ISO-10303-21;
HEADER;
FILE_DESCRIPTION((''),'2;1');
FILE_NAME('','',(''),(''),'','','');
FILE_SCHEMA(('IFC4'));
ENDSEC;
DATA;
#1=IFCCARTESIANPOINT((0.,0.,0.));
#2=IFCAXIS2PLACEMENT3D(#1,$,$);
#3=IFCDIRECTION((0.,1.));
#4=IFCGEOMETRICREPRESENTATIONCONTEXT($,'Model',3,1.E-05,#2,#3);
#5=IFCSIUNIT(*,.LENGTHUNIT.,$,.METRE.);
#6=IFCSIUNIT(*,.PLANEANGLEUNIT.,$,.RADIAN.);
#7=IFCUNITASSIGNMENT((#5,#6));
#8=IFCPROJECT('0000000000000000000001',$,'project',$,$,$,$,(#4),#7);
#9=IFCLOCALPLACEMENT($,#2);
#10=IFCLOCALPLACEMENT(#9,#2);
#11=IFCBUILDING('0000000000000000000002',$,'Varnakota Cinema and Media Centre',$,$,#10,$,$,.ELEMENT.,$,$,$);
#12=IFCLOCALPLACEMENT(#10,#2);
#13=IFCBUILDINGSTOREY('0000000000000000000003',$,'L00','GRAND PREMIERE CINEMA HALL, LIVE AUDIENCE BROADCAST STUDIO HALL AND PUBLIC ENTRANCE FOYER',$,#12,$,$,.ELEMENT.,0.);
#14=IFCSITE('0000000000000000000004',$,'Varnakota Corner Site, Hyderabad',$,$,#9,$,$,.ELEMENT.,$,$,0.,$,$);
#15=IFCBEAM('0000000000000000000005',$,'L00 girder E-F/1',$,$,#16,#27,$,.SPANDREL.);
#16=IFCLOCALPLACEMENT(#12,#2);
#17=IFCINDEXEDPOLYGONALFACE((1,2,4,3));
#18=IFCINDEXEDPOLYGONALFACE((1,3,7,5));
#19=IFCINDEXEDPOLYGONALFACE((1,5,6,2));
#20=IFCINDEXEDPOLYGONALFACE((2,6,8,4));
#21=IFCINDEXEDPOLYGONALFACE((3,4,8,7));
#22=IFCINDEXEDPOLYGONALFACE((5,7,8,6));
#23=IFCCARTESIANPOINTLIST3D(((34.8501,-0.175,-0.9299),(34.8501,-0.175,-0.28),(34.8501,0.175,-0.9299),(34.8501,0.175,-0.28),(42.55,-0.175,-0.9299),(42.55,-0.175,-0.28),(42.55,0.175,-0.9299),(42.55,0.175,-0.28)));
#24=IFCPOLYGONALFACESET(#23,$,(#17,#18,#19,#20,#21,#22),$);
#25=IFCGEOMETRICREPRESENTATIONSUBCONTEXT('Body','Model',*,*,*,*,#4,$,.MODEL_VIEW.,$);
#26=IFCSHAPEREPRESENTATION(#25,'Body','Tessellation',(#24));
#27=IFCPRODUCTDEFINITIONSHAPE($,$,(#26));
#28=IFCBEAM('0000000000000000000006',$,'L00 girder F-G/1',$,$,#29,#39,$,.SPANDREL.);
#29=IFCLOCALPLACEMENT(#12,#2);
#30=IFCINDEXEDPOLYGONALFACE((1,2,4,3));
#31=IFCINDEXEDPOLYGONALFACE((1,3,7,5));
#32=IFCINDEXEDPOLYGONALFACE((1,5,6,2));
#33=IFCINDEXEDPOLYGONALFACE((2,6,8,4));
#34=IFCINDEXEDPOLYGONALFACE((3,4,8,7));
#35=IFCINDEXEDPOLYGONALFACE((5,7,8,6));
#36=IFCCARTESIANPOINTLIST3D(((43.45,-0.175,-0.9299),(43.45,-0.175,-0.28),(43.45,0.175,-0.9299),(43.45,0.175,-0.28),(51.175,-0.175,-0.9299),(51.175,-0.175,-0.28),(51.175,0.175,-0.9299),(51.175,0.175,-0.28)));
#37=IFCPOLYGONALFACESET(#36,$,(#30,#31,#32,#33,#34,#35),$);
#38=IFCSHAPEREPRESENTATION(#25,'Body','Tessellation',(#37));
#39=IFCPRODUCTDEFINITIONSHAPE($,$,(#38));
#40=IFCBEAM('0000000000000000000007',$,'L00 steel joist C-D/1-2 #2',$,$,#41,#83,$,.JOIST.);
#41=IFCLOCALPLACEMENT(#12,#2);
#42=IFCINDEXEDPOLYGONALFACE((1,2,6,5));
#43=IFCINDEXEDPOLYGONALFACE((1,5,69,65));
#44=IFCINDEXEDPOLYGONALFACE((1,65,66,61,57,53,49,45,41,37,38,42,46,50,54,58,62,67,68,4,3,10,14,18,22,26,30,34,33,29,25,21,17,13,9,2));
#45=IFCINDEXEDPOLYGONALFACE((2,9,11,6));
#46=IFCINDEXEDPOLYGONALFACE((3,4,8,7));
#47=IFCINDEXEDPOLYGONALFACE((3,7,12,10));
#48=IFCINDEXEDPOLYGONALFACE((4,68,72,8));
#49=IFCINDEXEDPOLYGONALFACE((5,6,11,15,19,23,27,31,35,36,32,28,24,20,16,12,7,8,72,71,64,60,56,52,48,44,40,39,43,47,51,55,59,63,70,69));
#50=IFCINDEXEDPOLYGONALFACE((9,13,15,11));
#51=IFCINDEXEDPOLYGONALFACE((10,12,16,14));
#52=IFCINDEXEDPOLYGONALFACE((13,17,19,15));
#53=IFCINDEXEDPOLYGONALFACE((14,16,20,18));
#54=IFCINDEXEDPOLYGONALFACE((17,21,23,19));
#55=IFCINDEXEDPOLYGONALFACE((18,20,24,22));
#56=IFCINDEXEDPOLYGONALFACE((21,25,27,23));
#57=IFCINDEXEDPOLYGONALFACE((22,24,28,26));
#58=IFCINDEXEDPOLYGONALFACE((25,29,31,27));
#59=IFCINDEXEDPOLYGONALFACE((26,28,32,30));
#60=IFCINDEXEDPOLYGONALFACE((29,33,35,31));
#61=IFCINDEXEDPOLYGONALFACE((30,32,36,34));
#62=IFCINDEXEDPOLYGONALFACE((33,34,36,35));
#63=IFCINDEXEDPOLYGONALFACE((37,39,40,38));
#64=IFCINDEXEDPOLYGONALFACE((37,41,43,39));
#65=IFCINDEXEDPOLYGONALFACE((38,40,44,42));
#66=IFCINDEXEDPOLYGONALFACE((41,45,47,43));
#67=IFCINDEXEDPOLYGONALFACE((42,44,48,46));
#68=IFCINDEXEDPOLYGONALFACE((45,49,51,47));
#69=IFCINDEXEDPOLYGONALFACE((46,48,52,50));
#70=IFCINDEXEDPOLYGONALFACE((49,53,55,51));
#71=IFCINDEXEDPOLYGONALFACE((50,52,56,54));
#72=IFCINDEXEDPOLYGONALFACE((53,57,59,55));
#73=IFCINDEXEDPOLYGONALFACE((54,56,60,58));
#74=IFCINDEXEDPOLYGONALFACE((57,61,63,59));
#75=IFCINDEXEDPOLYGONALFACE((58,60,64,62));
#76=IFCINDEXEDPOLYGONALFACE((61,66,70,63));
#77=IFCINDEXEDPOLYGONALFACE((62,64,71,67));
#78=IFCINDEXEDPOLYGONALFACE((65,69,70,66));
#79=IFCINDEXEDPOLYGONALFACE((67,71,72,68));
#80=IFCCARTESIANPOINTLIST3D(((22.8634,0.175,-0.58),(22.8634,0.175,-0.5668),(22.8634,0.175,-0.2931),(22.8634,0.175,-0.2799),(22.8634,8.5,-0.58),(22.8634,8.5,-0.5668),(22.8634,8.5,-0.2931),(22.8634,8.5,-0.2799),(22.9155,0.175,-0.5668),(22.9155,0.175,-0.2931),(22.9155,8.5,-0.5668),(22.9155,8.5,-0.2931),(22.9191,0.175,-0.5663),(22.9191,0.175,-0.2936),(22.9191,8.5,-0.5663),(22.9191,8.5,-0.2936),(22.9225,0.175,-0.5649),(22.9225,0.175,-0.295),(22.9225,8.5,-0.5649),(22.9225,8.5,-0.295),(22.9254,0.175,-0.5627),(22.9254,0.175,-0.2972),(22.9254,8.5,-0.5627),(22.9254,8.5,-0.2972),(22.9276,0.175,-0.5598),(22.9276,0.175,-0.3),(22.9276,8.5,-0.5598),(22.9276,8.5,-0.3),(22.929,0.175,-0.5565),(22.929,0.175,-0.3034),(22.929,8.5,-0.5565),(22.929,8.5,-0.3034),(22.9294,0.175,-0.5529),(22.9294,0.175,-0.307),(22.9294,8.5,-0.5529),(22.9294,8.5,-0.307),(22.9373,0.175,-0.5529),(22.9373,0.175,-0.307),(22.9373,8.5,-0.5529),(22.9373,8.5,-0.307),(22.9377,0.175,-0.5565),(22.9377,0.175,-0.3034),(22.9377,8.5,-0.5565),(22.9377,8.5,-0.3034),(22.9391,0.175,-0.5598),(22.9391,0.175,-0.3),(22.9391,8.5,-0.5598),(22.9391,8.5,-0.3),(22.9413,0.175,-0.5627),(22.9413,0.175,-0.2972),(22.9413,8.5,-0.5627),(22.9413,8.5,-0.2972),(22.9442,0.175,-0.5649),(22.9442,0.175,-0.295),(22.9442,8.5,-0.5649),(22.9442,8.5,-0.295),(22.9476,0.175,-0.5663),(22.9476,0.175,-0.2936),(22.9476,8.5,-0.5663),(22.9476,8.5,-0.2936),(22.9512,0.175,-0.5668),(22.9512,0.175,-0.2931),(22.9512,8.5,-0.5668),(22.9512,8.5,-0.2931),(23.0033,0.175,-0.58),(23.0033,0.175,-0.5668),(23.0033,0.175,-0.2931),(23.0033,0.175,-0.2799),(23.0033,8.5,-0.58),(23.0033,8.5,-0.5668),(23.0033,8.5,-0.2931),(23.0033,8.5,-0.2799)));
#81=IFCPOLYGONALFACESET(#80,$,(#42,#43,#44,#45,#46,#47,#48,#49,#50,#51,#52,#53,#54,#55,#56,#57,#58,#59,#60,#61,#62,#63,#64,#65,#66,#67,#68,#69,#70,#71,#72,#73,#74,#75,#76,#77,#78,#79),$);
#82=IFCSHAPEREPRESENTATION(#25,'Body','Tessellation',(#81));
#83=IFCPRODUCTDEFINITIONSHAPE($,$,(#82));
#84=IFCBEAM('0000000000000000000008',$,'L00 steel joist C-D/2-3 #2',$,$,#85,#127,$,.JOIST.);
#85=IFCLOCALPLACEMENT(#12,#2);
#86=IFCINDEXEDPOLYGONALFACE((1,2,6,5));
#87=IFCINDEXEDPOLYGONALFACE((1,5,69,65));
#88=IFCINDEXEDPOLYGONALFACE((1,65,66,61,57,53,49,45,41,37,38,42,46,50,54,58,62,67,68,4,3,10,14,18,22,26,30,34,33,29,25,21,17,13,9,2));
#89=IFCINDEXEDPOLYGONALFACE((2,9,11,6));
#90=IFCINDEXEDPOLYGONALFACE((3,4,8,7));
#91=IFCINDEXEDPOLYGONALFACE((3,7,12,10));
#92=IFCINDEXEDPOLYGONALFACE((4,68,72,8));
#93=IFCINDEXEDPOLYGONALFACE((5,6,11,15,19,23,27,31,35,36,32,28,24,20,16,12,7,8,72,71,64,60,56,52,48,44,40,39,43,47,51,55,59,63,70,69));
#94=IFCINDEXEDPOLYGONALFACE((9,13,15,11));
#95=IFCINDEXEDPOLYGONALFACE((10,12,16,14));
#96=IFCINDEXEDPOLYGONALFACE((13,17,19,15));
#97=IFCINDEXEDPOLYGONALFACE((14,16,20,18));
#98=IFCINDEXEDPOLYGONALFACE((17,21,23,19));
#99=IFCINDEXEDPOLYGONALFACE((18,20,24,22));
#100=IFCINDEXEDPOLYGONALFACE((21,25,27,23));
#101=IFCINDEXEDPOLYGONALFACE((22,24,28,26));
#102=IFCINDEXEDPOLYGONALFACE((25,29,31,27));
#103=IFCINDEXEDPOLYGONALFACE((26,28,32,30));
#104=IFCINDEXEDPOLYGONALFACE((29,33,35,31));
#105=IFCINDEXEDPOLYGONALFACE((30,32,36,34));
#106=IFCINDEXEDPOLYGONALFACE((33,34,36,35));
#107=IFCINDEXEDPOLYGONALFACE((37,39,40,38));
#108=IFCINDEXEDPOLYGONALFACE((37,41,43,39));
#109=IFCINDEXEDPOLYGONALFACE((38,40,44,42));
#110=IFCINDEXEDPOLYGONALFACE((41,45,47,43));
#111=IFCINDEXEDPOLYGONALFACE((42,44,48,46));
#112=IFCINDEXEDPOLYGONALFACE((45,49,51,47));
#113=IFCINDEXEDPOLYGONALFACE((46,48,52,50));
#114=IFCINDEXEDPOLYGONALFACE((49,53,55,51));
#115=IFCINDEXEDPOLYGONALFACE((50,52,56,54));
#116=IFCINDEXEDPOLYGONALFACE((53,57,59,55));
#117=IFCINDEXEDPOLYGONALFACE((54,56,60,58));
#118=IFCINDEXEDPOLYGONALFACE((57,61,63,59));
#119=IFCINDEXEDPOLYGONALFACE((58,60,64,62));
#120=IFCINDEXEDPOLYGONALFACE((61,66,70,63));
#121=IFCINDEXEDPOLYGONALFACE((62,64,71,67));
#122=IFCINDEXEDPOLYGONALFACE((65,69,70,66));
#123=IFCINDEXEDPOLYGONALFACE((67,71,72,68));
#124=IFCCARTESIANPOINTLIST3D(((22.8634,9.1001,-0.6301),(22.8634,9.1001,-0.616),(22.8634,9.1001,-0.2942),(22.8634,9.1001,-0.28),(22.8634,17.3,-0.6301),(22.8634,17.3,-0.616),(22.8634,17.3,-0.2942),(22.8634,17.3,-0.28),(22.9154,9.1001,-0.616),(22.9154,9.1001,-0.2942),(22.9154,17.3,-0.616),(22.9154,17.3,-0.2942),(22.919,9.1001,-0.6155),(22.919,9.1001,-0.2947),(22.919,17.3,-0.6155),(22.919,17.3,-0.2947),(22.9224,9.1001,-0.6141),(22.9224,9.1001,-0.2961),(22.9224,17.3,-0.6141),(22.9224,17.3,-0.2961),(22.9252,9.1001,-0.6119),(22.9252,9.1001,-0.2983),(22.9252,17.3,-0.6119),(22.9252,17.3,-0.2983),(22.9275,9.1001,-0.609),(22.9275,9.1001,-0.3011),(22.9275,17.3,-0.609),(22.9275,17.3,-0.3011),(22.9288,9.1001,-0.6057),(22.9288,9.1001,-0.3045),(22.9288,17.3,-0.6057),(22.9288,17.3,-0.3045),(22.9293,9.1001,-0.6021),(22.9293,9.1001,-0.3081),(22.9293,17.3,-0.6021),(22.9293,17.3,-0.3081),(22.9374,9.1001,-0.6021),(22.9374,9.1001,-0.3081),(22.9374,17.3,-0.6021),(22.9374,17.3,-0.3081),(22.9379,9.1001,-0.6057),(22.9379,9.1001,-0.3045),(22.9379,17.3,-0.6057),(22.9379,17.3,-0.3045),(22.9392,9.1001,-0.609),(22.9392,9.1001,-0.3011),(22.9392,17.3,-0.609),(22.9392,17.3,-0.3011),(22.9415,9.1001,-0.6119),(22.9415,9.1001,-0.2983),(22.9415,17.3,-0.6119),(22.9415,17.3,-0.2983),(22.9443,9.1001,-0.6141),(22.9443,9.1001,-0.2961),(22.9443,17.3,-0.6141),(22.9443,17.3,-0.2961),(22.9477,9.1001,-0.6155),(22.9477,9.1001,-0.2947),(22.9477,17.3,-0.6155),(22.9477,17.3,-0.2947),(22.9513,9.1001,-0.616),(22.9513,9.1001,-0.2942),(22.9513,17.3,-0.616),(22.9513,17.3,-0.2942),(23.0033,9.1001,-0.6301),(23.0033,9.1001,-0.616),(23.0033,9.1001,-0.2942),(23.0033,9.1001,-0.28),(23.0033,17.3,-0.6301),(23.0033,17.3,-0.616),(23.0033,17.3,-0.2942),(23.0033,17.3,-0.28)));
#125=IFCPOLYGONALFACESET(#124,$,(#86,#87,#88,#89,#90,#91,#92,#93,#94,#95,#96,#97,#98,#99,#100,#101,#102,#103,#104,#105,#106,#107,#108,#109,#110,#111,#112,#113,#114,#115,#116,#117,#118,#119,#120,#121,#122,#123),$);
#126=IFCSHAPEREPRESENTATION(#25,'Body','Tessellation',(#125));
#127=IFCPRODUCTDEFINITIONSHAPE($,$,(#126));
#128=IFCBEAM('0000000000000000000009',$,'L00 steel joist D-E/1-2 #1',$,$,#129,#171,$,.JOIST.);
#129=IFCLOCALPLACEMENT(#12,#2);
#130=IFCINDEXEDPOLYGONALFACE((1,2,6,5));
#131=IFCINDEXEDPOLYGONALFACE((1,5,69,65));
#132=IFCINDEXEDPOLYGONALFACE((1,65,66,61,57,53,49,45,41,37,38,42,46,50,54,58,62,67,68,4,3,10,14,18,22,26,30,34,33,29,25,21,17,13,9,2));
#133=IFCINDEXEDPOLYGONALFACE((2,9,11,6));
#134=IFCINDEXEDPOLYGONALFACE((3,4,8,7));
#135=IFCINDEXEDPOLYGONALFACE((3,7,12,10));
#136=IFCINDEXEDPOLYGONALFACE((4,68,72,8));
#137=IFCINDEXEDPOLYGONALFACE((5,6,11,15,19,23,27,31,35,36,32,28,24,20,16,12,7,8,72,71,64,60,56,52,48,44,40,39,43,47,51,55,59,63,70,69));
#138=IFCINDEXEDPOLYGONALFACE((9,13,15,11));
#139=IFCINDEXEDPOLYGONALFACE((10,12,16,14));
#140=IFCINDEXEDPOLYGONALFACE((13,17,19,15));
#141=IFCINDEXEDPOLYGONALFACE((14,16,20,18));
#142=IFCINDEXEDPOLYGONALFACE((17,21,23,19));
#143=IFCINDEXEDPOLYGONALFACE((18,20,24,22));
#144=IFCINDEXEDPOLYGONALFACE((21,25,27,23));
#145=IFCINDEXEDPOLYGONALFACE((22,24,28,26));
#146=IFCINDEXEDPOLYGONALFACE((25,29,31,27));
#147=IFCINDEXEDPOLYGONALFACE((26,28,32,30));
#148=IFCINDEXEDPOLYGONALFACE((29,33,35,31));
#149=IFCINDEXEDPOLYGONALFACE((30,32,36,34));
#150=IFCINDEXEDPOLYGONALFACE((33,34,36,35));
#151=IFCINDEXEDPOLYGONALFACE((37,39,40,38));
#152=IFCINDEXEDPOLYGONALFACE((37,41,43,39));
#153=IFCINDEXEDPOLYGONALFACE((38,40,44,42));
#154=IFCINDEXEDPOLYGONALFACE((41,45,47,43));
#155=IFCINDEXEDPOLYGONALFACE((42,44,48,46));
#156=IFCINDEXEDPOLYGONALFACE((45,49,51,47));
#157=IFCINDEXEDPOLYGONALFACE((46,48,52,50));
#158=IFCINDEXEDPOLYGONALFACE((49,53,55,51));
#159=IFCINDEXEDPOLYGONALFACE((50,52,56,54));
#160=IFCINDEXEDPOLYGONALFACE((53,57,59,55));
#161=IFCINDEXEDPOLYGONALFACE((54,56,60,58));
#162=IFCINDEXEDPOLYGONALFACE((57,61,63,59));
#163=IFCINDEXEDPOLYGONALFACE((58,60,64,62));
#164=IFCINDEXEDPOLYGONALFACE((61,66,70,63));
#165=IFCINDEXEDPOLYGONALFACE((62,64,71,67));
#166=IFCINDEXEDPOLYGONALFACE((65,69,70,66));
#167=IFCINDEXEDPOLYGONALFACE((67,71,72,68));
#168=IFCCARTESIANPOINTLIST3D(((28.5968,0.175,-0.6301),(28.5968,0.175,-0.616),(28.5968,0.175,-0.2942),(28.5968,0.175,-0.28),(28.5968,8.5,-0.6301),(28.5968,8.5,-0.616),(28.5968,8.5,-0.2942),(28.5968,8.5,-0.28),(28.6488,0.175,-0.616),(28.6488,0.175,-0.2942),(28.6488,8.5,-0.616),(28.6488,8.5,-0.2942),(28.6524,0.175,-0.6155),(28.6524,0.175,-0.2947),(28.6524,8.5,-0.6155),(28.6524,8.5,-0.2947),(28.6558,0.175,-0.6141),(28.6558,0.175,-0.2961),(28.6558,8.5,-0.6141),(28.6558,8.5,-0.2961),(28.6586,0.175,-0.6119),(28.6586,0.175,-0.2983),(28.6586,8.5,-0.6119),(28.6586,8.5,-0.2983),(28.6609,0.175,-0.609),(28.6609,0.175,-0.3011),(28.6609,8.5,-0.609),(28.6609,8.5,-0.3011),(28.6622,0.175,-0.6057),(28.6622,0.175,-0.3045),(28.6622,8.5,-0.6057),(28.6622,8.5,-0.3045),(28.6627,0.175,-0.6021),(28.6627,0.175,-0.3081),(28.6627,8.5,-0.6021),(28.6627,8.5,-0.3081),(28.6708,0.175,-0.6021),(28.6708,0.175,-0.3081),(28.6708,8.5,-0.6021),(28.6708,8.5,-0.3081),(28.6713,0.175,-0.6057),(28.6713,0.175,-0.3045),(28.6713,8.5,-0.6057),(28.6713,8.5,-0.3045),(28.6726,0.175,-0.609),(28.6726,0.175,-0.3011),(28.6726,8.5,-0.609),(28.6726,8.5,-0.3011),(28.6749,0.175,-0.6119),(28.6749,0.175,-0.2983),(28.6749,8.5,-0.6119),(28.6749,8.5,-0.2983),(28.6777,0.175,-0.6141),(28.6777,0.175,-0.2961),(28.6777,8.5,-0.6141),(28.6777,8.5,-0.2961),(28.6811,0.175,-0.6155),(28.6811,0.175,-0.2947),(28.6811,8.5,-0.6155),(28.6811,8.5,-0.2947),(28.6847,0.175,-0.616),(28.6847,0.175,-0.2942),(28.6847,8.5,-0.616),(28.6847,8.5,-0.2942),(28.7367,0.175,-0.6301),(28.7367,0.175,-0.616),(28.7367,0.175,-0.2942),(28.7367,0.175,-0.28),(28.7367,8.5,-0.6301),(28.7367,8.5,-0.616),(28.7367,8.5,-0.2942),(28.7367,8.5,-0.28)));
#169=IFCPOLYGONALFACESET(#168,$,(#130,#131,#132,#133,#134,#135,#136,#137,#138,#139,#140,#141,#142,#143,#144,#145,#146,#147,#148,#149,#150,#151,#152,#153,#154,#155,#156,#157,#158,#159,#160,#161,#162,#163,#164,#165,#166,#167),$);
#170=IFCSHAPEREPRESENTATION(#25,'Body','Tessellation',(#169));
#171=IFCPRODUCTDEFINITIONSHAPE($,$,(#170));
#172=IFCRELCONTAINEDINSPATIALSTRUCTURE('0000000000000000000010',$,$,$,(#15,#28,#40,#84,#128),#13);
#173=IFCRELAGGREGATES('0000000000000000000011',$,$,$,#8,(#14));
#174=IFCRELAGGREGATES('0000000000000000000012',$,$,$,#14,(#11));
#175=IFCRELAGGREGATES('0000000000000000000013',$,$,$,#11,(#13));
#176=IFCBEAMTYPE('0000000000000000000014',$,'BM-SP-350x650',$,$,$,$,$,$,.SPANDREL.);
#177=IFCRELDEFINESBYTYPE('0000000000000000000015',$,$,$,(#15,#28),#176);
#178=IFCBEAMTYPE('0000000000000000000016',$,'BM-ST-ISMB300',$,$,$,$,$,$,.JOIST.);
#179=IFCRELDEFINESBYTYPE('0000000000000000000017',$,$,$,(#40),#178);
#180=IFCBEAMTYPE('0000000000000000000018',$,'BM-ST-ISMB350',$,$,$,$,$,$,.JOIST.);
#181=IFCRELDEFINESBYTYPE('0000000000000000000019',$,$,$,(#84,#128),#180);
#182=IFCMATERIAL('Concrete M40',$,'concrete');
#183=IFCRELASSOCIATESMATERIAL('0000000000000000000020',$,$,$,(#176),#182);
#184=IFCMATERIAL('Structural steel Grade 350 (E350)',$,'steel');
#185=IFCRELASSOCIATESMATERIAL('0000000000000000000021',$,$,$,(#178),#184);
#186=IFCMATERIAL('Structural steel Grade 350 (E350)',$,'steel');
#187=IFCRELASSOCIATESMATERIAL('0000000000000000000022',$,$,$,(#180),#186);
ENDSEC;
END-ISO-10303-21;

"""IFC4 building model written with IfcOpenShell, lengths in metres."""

from ifc_helpers import new_model, si_unit, direction, frame, origin, origin_2d, place, context, subcontext, project, spatial, rectangle, i_section, extrude, material, material_profile, profile_set, type_object, element, save


model = new_model("IFC4")

# Units and contexts
model_context = context("Model", 3, precision=1e-05, world=origin(), true_north=direction((0.0, 1.0)))
body_context = subcontext(model_context, "Body", "Model", "MODEL_VIEW")
ifc_project = project(units=[si_unit("LENGTHUNIT", "METRE"), si_unit("PLANEANGLEUNIT", "RADIAN")], contexts=[model_context])

# Site, building, storey
site_placement = place(None, origin())
site = spatial("IfcSite", under=ifc_project, at=site_placement, Name="Varnakota Corner Site, Hyderabad", CompositionType="ELEMENT", RefElevation=0.0)
building_placement = place(site_placement, origin())
building = spatial("IfcBuilding", under=site, at=building_placement, Name="Varnakota Cinema and Media Centre", CompositionType="ELEMENT")
storey_placement = place(building_placement, origin())
storey = spatial("IfcBuildingStorey", under=building, at=storey_placement, Name="L00", Description="GRAND PREMIERE CINEMA HALL, LIVE AUDIENCE BROADCAST STUDIO HALL AND PUBLIC ENTRANCE FOYER", CompositionType="ELEMENT", Elevation=0.0)

# Beams
ifc_material_1 = material(Name="Concrete M40", Category="concrete")
ifc_material_profile_1 = material_profile(ifc_material_1, rectangle(XDim=0.3501, YDim=0.6499, at=origin_2d()), Name="RCB 350x650")
ifc_profile_set_1 = profile_set([ifc_material_profile_1], Name="Concrete M40")
beam_type_1 = type_object("IfcBeamType", Name="BM-SP-350x650", PredefinedType="SPANDREL", material=ifc_profile_set_1)
for number, where, z_axis, x_axis, name in (
    (1, (34.8501, 0.0, -0.605), (1.0, 0.0, 0.0), (0.0, 1.0, 0.0), "L00 girder E-F/1"),
):
    element("IfcBeam", number, at=place(storey_placement, frame(where, z_axis=z_axis, x_axis=x_axis)), inside=storey, type_object=beam_type_1, Name=name, PredefinedType="SPANDREL", context=body_context, shape_type="SweptSolid", body=[
        extrude(rectangle(XDim=0.3501, YDim=0.6499, at=origin_2d()), origin(), (0.0, 0.0, 1.0), 7.7),
    ])
beam_1_placement = place(storey_placement, frame((43.45, 0.0, -0.605), z_axis=(1.0, 0.0, 0.0), x_axis=(0.0, 1.0, 0.0)))
element("IfcBeam", 2, at=beam_1_placement, inside=storey, type_object=beam_type_1, Name="L00 girder F-G/1", PredefinedType="SPANDREL", context=body_context, shape_type="SweptSolid", body=[
    extrude(rectangle(XDim=0.3501, YDim=0.6499, at=origin_2d()), origin(), (0.0, 0.0, 1.0), 7.7251),
])
ifc_material_2 = material(Name="Structural steel Grade 350 (E350)", Category="steel")
ifc_material_profile_2 = material_profile(ifc_material_2, i_section(OverallWidth=0.1399, OverallDepth=0.3, WebThickness=0.0078, FlangeThickness=0.0132, FilletRadius=0.0139, at=origin_2d()), Name="ISMB 300")
ifc_profile_set_2 = profile_set([ifc_material_profile_2], Name="Structural steel Grade 350 (E350)")
beam_type_2 = type_object("IfcBeamType", Name="BM-ST-ISMB300", PredefinedType="JOIST", material=ifc_profile_set_2)
beam_2_placement = place(storey_placement, frame((22.9333, 0.175, -0.4299), z_axis=(0.0, 1.0, 0.0), x_axis=(-1.0, 0.0, 0.0)))
element("IfcBeam", 3, at=beam_2_placement, inside=storey, type_object=beam_type_2, Name="L00 steel joist C-D/1-2 #2", PredefinedType="JOIST", context=body_context, shape_type="SweptSolid", body=[
    extrude(i_section(OverallWidth=0.1399, OverallDepth=0.3, WebThickness=0.0078, FlangeThickness=0.0132, FilletRadius=0.0139, at=origin_2d()), origin(), (0.0, 0.0, 1.0), 8.325),
])
ifc_material_3 = material(Name="Structural steel Grade 350 (E350)", Category="steel")
ifc_material_profile_3 = material_profile(ifc_material_3, i_section(OverallWidth=0.1399, OverallDepth=0.3501, WebThickness=0.0081, FlangeThickness=0.0142, FilletRadius=0.0139, at=origin_2d()), Name="ISMB 350")
ifc_profile_set_3 = profile_set([ifc_material_profile_3], Name="Structural steel Grade 350 (E350)")
beam_type_3 = type_object("IfcBeamType", Name="BM-ST-ISMB350", PredefinedType="JOIST", material=ifc_profile_set_3)
beam_3_placement = place(storey_placement, frame((22.9333, 9.1001, -0.4551), z_axis=(0.0, 1.0, 0.0), x_axis=(-1.0, 0.0, 0.0)))
element("IfcBeam", 4, at=beam_3_placement, inside=storey, type_object=beam_type_3, Name="L00 steel joist C-D/2-3 #2", PredefinedType="JOIST", context=body_context, shape_type="SweptSolid", body=[
    extrude(i_section(OverallWidth=0.1399, OverallDepth=0.3501, WebThickness=0.0081, FlangeThickness=0.0142, FilletRadius=0.0139, at=origin_2d()), origin(), (0.0, 0.0, 1.0), 8.2),
])
for number, where, z_axis, x_axis, name in (
    (5, (28.6667, 0.175, -0.4551), (0.0, 1.0, 0.0), (-1.0, 0.0, 0.0), "L00 steel joist D-E/1-2 #1"),
):
    element("IfcBeam", number, at=place(storey_placement, frame(where, z_axis=z_axis, x_axis=x_axis)), inside=storey, type_object=beam_type_3, Name=name, PredefinedType="JOIST", context=body_context, shape_type="SweptSolid", body=[
        extrude(i_section(OverallWidth=0.1399, OverallDepth=0.3501, WebThickness=0.0081, FlangeThickness=0.0142, FilletRadius=0.0139, at=origin_2d()), origin(), (0.0, 0.0, 1.0), 8.325),
    ])

save(model, "model.ifc")
